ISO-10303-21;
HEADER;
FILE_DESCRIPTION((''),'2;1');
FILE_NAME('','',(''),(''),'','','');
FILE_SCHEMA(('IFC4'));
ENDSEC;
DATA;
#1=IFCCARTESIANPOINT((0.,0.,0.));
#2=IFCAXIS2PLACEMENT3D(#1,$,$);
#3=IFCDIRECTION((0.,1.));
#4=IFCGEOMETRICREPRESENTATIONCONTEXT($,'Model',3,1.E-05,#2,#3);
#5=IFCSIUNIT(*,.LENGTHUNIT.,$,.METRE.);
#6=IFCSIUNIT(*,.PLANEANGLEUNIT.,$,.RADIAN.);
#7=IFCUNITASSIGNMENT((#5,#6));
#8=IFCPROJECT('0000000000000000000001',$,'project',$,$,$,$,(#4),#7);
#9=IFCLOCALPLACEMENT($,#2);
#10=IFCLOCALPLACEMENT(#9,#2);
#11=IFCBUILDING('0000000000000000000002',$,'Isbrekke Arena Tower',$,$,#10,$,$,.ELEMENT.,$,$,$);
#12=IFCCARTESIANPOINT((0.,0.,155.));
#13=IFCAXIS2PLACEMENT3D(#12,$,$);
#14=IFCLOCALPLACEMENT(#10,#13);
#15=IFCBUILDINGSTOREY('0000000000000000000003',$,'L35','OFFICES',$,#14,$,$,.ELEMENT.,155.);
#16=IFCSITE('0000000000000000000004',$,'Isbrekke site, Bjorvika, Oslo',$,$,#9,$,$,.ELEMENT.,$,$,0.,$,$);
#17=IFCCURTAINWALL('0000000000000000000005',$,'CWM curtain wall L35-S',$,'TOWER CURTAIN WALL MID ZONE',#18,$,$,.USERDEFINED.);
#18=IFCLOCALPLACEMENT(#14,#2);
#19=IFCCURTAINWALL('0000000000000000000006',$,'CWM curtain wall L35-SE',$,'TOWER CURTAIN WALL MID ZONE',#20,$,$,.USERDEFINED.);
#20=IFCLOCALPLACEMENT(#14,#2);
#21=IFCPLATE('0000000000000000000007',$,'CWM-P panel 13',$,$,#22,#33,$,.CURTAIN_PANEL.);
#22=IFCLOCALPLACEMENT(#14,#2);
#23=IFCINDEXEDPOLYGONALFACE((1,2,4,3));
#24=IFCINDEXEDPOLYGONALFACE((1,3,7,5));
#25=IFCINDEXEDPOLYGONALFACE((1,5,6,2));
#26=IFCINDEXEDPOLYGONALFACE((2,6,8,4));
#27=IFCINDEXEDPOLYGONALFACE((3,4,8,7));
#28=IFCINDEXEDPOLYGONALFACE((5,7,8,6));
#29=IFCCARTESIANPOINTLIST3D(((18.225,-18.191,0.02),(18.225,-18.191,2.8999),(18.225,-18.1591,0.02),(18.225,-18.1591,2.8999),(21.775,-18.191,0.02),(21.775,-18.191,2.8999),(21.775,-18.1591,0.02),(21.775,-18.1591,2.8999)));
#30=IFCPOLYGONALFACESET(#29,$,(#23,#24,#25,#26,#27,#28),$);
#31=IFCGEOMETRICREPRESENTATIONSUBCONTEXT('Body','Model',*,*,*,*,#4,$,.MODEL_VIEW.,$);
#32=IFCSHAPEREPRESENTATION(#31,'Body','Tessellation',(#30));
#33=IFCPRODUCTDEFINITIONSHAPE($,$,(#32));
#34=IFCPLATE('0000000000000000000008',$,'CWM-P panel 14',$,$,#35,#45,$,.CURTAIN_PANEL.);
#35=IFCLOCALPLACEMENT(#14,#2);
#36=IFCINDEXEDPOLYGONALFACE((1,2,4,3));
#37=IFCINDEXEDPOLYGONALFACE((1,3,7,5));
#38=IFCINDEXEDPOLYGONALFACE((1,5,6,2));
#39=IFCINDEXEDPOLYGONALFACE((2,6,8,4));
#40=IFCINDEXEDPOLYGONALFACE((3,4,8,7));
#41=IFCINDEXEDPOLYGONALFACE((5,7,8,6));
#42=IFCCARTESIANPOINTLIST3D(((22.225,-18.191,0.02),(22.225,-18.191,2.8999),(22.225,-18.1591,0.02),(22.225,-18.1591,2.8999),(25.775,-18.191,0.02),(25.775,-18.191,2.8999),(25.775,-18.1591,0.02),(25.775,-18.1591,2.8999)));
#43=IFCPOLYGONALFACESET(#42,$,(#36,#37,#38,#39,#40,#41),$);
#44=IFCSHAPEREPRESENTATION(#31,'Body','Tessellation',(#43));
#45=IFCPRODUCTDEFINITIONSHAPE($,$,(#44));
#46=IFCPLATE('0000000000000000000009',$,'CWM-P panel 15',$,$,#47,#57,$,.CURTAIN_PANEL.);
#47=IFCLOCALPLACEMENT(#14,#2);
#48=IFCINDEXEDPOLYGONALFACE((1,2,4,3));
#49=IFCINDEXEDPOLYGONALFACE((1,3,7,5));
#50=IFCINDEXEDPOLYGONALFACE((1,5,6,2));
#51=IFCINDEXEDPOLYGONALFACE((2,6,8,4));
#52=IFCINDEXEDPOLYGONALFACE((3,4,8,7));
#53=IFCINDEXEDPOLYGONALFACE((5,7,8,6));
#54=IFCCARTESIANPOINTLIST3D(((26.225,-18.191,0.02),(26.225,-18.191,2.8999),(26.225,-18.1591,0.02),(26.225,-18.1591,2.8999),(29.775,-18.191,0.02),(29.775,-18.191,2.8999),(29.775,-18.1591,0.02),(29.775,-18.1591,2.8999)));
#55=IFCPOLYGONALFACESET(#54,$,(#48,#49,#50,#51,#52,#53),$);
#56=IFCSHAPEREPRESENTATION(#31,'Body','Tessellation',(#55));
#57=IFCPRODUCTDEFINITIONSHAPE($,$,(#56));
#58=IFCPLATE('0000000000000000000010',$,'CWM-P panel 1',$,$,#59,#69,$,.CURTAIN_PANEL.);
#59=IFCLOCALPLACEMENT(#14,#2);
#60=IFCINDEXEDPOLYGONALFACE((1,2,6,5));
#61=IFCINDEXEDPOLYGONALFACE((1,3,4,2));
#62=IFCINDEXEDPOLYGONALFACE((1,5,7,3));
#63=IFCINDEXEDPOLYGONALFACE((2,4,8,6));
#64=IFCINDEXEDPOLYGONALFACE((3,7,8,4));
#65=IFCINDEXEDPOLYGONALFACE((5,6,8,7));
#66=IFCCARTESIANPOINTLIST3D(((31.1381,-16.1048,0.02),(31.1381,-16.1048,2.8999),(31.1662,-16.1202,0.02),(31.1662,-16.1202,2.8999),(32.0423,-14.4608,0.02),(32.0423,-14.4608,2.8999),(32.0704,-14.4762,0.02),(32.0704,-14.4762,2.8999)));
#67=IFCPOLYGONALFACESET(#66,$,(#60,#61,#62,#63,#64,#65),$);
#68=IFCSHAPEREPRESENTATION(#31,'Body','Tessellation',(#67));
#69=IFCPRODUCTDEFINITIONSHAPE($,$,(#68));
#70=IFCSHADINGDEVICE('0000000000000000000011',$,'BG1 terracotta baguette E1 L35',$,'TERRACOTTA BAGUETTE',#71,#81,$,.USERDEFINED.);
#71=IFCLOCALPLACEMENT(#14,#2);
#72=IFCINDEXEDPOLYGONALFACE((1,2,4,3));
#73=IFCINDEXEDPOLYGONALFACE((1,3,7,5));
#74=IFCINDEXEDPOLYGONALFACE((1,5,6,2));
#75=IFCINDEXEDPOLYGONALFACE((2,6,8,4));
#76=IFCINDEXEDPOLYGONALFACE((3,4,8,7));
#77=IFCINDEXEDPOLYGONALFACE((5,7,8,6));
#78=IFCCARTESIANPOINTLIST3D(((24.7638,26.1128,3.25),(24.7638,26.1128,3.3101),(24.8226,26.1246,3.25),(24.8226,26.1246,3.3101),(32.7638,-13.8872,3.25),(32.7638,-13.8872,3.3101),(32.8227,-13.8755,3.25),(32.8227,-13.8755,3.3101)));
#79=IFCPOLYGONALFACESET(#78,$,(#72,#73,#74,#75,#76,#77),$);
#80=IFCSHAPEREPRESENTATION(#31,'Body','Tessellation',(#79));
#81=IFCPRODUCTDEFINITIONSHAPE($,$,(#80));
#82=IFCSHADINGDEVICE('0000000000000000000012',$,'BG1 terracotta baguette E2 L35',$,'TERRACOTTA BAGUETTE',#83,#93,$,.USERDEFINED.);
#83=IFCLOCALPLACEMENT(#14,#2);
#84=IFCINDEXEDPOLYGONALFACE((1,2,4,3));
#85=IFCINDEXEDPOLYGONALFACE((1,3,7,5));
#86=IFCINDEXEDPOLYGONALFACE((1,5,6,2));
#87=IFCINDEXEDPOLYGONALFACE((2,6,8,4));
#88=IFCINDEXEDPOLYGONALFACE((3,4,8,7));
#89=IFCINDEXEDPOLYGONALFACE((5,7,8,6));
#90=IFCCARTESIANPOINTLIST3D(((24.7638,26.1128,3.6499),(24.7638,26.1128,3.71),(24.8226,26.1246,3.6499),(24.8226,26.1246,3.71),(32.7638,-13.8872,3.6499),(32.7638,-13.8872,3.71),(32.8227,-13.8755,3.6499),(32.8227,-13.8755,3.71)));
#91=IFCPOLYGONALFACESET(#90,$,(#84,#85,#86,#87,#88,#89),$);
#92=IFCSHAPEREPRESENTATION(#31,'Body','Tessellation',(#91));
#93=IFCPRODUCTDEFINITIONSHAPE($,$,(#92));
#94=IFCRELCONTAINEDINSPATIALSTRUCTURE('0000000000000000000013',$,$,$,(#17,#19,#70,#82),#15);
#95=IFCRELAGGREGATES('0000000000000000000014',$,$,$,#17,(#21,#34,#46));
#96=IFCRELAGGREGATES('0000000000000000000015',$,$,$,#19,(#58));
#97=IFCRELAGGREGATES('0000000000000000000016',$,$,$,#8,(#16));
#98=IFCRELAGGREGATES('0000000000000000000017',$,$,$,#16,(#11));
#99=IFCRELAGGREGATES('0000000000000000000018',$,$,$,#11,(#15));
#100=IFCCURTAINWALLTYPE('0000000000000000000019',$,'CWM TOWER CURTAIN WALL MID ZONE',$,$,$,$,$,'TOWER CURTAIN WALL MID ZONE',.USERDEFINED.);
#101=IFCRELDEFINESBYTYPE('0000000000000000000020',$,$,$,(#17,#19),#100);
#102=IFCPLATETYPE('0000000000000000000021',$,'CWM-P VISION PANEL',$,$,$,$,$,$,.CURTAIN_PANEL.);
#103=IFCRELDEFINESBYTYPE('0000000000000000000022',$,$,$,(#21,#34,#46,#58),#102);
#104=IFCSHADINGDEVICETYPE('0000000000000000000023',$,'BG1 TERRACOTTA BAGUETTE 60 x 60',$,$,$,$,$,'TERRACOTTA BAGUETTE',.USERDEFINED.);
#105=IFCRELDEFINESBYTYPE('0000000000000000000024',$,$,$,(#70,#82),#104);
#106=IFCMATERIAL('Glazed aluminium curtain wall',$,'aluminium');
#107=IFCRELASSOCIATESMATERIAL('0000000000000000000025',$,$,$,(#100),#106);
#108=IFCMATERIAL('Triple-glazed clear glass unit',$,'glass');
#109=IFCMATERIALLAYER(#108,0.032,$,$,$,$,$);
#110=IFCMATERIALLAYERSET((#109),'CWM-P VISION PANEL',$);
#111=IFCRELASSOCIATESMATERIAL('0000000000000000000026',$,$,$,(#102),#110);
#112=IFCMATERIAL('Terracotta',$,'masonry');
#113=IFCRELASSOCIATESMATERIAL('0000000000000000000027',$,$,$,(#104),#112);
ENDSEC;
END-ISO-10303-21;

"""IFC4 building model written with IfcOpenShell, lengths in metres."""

from ifc_helpers import new_model, si_unit, direction, frame, origin, origin_2d, place, context, subcontext, project, spatial, rectangle, extrude, material, layer, layer_set, material_profile, profile_set, type_object, element, aggregate, save


model = new_model("IFC4")

# Units and contexts
model_context = context("Model", 3, precision=1e-05, world=origin(), true_north=direction((0.0, 1.0)))
body_context = subcontext(model_context, "Body", "Model", "MODEL_VIEW")
ifc_project = project(units=[si_unit("LENGTHUNIT", "METRE"), si_unit("PLANEANGLEUNIT", "RADIAN")], contexts=[model_context])

# Site, building, storey
site_placement = place(None, origin())
site = spatial("IfcSite", under=ifc_project, at=site_placement, Name="Isbrekke site, Bjorvika, Oslo", CompositionType="ELEMENT", RefElevation=0.0)
building_placement = place(site_placement, origin())
building = spatial("IfcBuilding", under=site, at=building_placement, Name="Isbrekke Arena Tower", CompositionType="ELEMENT")
storey_placement = place(building_placement, frame((0.0, 0.0, 155.0)))
storey = spatial("IfcBuildingStorey", under=building, at=storey_placement, Name="L35", Description="OFFICES", CompositionType="ELEMENT", Elevation=155.0)

# Curtain walls
ifc_material_1 = material(Name="Glazed aluminium curtain wall", Category="aluminium")
curtain_wall_type = type_object("IfcCurtainWallType", Name="CWM TOWER CURTAIN WALL MID ZONE", ElementType="TOWER CURTAIN WALL MID ZONE", PredefinedType="USERDEFINED", material=ifc_material_1)
curtain_wall_1_placement = place(storey_placement, origin())
curtain_wall_1 = element("IfcCurtainWall", 1, at=curtain_wall_1_placement, inside=storey, type_object=curtain_wall_type, Name="CWM curtain wall L35-S", ObjectType="TOWER CURTAIN WALL MID ZONE", PredefinedType="USERDEFINED")
curtain_wall_2_placement = place(storey_placement, origin())
curtain_wall_2 = element("IfcCurtainWall", 2, at=curtain_wall_2_placement, inside=storey, type_object=curtain_wall_type, Name="CWM curtain wall L35-SE", ObjectType="TOWER CURTAIN WALL MID ZONE", PredefinedType="USERDEFINED")

# Plates
ifc_material_2 = material(Name="Triple-glazed clear glass unit", Category="glass")
ifc_layer = layer(ifc_material_2, 0.032)
ifc_layer_set = layer_set([ifc_layer], Name="CWM-P VISION PANEL")
plate_type = type_object("IfcPlateType", Name="CWM-P VISION PANEL", PredefinedType="CURTAIN_PANEL", material=ifc_layer_set)
plate_1_placement = place(storey_placement, frame((20.0, -18.175, 0.02), z_axis=(0.0, 0.0, 1.0), x_axis=(1.0, 0.0, 0.0)))
plate_1 = element("IfcPlate", 3, at=plate_1_placement, type_object=plate_type, Name="CWM-P panel 13", PredefinedType="CURTAIN_PANEL", context=body_context, shape_type="SweptSolid", body=[
    extrude(rectangle(XDim=3.55, YDim=0.032, at=origin_2d()), origin(), (0.0, 0.0, 1.0), 2.8799),
])
plate_2_placement = place(storey_placement, frame((24.0, -18.175, 0.02), z_axis=(0.0, 0.0, 1.0), x_axis=(1.0, 0.0, 0.0)))
plate_2 = element("IfcPlate", 4, at=plate_2_placement, type_object=plate_type, Name="CWM-P panel 14", PredefinedType="CURTAIN_PANEL", context=body_context, shape_type="SweptSolid", body=[
    extrude(rectangle(XDim=3.55, YDim=0.032, at=origin_2d()), origin(), (0.0, 0.0, 1.0), 2.8799),
])
plate_3_placement = place(storey_placement, frame((28.0, -18.175, 0.02), z_axis=(0.0, 0.0, 1.0), x_axis=(1.0, 0.0, 0.0)))
plate_3 = element("IfcPlate", 5, at=plate_3_placement, type_object=plate_type, Name="CWM-P panel 15", PredefinedType="CURTAIN_PANEL", context=body_context, shape_type="SweptSolid", body=[
    extrude(rectangle(XDim=3.55, YDim=0.032, at=origin_2d()), origin(), (0.0, 0.0, 1.0), 2.8799),
])
aggregate(curtain_wall_1, [plate_1, plate_2, plate_3])
plate_4_placement = place(storey_placement, frame((31.6042, -15.2905, 0.02), z_axis=(0.0, 0.0, 1.0), x_axis=(0.481919, 0.876216, 0.0)))
plate_4 = element("IfcPlate", 6, at=plate_4_placement, type_object=plate_type, Name="CWM-P panel 1", PredefinedType="CURTAIN_PANEL", context=body_context, shape_type="SweptSolid", body=[
    extrude(rectangle(XDim=1.8762, YDim=0.032, at=origin_2d()), origin(), (0.0, 0.0, 1.0), 2.8799),
])
aggregate(curtain_wall_2, [plate_4])

# Shading devices
ifc_material_3 = material(Name="Terracotta", Category="masonry")
ifc_material_profile_1 = material_profile(ifc_material_3, rectangle(XDim=0.0601, YDim=0.0601, at=origin_2d()), Name="BAGUETTE 60X60")
ifc_profile_set_1 = profile_set([ifc_material_profile_1], Name="Terracotta")
shading_device_type = type_object("IfcShadingDeviceType", Name="BG1 TERRACOTTA BAGUETTE 60 x 60", ElementType="TERRACOTTA BAGUETTE", PredefinedType="USERDEFINED", material=ifc_profile_set_1)
for number, where, z_axis, x_axis, name in (
    (7, (32.7932, -13.8813, 3.28), (-0.196116, 0.980581, 0.0), (-0.980581, -0.196116, 0.0), "BG1 terracotta baguette E1 L35"),
    (8, (32.7932, -13.8813, 3.6799), (-0.196116, 0.980581, 0.0), (-0.980581, -0.196116, 0.0), "BG1 terracotta baguette E2 L35"),
):
    element("IfcShadingDevice", number, at=place(storey_placement, frame(where, z_axis=z_axis, x_axis=x_axis)), inside=storey, type_object=shading_device_type, Name=name, ObjectType="TERRACOTTA BAGUETTE", PredefinedType="USERDEFINED", context=body_context, shape_type="SweptSolid", body=[
        extrude(rectangle(XDim=0.0601, YDim=0.0601, at=origin_2d()), origin(), (0.0, 0.0, 1.0), 40.7922),
    ])

save(model, "model.ifc")
